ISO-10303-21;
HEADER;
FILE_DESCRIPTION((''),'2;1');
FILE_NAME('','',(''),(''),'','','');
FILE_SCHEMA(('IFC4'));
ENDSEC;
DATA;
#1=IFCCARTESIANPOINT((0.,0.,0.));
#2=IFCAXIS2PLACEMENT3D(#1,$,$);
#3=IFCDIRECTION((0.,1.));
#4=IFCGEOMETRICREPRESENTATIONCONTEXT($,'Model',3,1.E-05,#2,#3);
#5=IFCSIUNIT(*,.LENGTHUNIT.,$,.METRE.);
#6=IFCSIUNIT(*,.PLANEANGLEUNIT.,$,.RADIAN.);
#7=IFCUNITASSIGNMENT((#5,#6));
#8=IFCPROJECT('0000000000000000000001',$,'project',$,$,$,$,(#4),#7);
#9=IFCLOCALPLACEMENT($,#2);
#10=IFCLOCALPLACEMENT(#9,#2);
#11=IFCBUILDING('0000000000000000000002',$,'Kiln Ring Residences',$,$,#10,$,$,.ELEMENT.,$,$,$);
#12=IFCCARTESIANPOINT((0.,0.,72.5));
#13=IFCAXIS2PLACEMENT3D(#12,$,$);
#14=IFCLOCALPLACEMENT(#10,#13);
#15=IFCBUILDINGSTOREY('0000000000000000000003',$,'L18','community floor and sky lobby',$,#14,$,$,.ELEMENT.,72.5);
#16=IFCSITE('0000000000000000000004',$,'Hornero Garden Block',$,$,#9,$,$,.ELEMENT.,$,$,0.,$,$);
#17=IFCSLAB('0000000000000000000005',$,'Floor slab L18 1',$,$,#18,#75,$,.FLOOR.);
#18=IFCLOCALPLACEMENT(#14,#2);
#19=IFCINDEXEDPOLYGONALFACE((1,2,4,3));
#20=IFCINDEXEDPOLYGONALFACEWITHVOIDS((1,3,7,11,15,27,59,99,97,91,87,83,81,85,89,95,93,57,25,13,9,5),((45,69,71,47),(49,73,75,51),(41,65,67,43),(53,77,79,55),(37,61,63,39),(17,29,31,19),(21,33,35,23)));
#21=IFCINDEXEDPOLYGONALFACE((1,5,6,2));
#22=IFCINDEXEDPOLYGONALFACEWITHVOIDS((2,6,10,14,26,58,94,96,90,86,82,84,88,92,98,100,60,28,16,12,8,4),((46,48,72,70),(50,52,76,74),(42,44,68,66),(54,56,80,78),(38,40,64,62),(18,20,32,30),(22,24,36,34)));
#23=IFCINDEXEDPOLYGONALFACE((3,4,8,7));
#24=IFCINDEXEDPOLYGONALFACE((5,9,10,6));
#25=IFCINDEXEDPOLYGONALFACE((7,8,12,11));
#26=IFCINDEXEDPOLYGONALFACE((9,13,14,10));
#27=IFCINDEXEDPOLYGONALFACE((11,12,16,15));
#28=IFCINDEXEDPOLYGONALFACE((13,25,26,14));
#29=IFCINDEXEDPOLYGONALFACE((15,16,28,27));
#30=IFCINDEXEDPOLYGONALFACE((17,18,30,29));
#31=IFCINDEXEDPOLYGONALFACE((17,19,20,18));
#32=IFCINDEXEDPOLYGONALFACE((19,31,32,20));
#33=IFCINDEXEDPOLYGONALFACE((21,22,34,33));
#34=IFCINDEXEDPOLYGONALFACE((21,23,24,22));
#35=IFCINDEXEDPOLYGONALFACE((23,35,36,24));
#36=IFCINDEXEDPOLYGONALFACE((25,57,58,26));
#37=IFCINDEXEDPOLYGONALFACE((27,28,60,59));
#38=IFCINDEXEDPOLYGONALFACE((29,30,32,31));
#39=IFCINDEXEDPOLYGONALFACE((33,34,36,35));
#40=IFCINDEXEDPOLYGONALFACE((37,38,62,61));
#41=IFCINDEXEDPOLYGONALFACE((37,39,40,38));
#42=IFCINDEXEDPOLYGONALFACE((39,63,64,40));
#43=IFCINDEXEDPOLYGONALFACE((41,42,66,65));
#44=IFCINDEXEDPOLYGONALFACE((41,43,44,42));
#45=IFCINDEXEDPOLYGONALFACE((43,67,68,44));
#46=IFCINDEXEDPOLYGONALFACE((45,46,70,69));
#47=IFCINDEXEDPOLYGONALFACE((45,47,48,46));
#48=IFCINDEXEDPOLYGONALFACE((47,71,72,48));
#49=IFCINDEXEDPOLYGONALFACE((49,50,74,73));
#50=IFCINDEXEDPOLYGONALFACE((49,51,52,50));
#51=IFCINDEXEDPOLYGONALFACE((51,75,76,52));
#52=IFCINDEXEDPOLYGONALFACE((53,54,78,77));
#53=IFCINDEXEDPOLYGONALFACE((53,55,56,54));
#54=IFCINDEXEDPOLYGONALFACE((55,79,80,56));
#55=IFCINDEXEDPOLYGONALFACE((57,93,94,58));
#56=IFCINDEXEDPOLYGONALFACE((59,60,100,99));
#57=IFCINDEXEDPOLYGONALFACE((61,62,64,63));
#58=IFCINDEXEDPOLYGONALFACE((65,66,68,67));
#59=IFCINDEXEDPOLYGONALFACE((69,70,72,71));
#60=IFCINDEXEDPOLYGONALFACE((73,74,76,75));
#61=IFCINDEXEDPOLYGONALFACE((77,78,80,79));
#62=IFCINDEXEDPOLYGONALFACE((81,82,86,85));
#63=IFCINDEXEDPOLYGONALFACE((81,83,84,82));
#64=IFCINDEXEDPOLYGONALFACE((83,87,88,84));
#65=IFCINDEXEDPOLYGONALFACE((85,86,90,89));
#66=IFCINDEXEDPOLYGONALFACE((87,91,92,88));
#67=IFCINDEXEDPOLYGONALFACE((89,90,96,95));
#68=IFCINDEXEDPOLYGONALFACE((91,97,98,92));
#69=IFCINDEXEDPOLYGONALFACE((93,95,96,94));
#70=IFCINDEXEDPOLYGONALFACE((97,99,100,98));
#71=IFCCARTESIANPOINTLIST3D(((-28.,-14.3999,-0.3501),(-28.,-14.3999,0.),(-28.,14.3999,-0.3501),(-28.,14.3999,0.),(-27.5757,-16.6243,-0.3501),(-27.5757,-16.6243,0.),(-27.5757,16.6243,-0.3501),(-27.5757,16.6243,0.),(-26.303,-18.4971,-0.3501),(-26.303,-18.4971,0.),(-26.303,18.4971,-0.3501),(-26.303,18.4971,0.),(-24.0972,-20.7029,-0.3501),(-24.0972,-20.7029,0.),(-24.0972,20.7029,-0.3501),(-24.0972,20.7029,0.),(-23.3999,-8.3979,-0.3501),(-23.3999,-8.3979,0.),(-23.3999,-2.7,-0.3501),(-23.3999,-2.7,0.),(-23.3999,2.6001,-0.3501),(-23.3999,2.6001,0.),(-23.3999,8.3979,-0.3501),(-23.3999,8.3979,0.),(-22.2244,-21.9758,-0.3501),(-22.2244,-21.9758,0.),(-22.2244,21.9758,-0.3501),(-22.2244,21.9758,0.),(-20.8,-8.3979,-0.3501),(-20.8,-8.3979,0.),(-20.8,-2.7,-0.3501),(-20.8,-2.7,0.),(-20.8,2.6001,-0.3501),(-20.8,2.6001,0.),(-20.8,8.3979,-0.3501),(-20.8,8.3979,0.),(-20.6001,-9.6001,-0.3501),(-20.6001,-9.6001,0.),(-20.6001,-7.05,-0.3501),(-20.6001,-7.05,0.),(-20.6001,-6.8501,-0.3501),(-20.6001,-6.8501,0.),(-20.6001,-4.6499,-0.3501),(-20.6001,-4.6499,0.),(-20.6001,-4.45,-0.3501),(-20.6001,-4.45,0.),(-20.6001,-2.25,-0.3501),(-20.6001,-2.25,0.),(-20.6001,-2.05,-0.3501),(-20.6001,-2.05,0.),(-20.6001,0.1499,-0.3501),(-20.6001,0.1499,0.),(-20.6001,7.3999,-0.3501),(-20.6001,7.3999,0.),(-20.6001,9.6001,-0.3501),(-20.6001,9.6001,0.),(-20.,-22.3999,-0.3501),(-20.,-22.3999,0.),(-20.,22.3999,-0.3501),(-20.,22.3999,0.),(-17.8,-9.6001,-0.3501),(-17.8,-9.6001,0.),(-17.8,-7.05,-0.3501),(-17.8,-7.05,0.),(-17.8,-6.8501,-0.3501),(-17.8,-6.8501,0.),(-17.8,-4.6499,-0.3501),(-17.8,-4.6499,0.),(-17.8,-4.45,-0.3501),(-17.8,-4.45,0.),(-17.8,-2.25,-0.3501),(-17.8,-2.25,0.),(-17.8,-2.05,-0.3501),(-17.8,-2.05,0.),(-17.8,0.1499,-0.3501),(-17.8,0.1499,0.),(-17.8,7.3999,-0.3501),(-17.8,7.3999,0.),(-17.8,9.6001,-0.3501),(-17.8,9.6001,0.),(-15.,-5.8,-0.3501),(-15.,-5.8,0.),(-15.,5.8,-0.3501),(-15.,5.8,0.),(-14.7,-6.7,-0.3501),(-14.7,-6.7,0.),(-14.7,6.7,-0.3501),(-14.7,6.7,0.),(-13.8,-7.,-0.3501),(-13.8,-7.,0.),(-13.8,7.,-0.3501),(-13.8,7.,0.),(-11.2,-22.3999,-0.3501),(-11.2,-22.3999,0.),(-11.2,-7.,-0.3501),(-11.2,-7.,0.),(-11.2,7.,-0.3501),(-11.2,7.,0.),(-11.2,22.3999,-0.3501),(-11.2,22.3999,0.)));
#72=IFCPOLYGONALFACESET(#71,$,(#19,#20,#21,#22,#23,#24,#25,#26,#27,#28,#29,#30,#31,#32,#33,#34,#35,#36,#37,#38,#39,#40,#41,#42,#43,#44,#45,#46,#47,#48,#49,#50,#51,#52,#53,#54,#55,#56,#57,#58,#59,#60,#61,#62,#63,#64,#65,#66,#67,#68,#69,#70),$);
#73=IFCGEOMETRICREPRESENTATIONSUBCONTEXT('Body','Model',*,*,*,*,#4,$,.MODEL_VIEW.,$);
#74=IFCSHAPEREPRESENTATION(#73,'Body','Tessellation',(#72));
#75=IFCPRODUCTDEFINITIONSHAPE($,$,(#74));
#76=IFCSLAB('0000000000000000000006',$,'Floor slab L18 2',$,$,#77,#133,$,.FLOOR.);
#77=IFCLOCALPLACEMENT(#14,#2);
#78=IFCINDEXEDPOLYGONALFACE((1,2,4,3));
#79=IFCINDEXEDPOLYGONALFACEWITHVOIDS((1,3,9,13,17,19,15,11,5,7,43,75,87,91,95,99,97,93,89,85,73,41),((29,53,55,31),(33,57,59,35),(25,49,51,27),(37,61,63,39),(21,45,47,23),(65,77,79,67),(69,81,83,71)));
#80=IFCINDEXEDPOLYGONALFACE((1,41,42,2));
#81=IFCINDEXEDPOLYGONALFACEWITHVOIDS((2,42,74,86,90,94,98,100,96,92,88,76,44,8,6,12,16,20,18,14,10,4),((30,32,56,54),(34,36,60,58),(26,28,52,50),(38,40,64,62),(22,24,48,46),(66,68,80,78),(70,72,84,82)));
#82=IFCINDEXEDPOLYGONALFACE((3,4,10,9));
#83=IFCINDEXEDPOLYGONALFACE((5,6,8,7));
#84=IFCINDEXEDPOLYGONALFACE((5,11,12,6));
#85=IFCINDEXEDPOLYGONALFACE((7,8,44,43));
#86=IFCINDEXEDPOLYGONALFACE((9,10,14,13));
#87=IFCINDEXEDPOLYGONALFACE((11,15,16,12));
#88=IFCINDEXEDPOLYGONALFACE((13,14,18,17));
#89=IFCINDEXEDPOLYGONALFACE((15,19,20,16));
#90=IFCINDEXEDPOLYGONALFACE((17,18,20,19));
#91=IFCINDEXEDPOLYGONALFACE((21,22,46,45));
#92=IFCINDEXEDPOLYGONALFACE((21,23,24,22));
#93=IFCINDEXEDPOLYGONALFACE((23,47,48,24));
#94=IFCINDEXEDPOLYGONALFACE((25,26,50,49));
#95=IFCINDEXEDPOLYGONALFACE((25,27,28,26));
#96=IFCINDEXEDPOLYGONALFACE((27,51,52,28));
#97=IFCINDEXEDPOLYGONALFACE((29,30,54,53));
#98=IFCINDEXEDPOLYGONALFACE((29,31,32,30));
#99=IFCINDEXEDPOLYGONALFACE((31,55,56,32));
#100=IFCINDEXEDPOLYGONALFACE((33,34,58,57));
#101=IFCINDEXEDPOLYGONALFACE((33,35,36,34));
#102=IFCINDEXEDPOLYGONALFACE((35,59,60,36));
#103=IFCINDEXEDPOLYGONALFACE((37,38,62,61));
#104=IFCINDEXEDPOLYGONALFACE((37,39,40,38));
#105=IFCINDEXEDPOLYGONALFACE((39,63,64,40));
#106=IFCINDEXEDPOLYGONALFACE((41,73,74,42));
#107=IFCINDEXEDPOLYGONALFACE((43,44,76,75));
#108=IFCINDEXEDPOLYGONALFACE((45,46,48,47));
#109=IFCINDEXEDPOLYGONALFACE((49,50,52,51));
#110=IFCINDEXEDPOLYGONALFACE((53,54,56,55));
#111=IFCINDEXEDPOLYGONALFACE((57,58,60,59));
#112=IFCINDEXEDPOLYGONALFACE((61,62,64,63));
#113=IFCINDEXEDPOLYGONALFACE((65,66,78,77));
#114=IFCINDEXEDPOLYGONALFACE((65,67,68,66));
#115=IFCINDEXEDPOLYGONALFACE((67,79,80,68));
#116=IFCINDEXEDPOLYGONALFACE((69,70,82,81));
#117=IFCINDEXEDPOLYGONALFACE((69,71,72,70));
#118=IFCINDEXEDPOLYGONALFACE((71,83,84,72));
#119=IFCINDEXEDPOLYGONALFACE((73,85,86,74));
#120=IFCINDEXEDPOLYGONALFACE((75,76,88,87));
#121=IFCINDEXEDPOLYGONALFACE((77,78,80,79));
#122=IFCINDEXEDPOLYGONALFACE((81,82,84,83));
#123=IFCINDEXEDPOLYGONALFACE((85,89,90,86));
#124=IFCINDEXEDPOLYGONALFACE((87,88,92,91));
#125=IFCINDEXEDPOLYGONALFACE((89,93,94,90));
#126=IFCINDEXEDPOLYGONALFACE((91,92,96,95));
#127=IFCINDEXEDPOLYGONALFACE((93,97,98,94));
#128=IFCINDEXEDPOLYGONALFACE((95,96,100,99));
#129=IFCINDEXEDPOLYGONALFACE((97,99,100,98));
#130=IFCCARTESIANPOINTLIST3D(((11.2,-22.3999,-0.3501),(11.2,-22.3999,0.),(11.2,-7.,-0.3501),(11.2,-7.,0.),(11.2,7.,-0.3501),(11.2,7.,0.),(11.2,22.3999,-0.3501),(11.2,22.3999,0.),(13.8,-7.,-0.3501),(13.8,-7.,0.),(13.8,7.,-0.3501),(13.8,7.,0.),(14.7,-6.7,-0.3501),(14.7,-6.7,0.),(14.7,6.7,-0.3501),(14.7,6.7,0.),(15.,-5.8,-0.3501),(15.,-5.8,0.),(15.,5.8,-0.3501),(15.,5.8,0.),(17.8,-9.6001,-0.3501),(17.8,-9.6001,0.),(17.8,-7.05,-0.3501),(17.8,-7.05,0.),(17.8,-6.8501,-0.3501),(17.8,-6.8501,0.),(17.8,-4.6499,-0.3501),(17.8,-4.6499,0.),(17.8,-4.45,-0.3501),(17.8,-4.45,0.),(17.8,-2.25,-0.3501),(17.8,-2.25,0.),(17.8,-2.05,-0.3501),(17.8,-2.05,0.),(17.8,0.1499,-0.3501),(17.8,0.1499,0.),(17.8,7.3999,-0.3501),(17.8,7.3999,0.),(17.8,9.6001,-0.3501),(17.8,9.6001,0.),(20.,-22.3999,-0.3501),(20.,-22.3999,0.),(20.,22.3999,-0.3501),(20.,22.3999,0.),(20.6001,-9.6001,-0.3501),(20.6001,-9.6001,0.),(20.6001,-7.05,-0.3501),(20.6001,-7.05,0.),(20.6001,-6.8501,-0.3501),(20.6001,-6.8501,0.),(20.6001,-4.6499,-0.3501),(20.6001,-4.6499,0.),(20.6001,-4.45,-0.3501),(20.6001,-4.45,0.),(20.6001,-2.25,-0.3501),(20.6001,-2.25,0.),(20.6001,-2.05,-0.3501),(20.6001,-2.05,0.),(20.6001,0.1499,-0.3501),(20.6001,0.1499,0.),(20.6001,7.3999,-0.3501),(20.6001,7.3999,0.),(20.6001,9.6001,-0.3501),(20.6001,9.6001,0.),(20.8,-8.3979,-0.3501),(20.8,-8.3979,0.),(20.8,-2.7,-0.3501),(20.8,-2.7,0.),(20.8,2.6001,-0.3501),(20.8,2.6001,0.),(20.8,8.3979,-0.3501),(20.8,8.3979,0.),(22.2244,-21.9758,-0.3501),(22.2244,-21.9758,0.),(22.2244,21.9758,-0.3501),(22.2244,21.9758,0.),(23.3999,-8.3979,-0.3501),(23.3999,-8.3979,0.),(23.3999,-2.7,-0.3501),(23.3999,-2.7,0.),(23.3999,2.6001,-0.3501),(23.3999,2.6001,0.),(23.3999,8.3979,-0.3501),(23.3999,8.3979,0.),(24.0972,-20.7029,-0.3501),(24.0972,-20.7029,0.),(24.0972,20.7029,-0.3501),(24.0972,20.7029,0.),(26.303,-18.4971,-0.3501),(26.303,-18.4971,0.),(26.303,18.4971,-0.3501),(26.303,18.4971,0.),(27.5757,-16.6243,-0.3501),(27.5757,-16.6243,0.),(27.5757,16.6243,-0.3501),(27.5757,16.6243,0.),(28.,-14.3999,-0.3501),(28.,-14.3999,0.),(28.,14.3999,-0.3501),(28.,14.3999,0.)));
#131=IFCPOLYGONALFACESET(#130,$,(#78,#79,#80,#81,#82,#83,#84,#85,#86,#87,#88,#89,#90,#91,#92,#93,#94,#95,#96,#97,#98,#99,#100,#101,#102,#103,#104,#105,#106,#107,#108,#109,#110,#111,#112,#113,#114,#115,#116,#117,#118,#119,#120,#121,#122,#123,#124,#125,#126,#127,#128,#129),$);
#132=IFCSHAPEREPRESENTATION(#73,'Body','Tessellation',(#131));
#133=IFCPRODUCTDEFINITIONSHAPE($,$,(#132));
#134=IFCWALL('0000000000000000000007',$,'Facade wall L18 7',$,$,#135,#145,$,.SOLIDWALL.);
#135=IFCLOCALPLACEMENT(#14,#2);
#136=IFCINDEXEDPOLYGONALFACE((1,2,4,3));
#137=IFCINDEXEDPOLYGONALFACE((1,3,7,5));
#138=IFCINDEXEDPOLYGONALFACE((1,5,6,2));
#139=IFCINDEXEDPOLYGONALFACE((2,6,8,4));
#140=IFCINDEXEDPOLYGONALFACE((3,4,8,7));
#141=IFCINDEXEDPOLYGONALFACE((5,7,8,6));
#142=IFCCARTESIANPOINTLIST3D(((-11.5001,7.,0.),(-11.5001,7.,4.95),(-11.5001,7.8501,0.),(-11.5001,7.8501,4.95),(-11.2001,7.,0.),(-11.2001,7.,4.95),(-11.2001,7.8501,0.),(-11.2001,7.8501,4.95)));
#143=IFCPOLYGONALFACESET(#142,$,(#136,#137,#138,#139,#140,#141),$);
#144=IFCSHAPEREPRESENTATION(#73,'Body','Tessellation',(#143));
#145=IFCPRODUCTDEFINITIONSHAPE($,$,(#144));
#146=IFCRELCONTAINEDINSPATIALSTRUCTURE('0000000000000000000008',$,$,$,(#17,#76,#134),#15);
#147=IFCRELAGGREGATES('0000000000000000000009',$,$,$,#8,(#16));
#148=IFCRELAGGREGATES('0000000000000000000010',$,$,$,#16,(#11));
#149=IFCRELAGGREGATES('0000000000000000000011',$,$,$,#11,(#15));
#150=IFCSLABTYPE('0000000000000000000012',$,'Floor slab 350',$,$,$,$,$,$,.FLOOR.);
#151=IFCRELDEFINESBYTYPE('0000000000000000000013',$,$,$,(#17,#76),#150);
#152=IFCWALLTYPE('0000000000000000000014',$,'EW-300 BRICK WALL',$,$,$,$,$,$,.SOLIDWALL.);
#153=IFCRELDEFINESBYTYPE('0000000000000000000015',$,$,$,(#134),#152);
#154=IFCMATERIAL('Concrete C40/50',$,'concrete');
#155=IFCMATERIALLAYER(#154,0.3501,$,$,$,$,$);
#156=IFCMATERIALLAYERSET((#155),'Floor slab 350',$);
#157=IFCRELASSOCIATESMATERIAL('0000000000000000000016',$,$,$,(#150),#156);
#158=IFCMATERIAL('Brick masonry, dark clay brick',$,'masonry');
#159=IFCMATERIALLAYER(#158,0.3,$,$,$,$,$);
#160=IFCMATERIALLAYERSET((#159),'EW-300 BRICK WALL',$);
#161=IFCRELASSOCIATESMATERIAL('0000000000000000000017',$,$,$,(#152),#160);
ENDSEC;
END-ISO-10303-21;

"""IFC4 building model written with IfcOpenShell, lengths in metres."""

from ifc_helpers import new_model, si_unit, direction, frame, frame_2d, origin, place, context, subcontext, project, spatial, polyline, rectangle, outline, extrude, material, layer, layer_set, type_object, element, save


model = new_model("IFC4")

# Units and contexts
model_context = context("Model", 3, precision=1e-05, world=origin(), true_north=direction((0.0, 1.0)))
body_context = subcontext(model_context, "Body", "Model", "MODEL_VIEW")
ifc_project = project(units=[si_unit("LENGTHUNIT", "METRE"), si_unit("PLANEANGLEUNIT", "RADIAN")], contexts=[model_context])

# Site, building, storey
site_placement = place(None, origin())
site = spatial("IfcSite", under=ifc_project, at=site_placement, Name="Hornero Garden Block", CompositionType="ELEMENT", RefElevation=0.0)
building_placement = place(site_placement, origin())
building = spatial("IfcBuilding", under=site, at=building_placement, Name="Kiln Ring Residences", CompositionType="ELEMENT")
storey_placement = place(building_placement, frame((0.0, 0.0, 72.5)))
storey = spatial("IfcBuildingStorey", under=building, at=storey_placement, Name="L18", Description="community floor and sky lobby", CompositionType="ELEMENT", Elevation=72.5)

# Slabs
ifc_material_1 = material(Name="Concrete C40/50", Category="concrete")
ifc_layer_1 = layer(ifc_material_1, 0.3501)
ifc_layer_set_1 = layer_set([ifc_layer_1], Name="Floor slab 350")
slab_type = type_object("IfcSlabType", Name="Floor slab 350", PredefinedType="FLOOR", material=ifc_layer_set_1)
placement_1 = place(storey_placement, frame((0.0, 0.0, -0.3501)))
element("IfcSlab", 1, at=placement_1, inside=storey, type_object=slab_type, Name="Floor slab L18 1", PredefinedType="FLOOR", context=body_context, shape_type="SweptSolid", body=[
    extrude(outline(polyline([(-28.0, -14.3999), (-27.5757, -16.6243), (-26.303, -18.4971), (-24.0972, -20.7029), (-22.2244, -21.9758), (-20.0, -22.3999), (-11.2, -22.3999), (-11.2, -7.0), (-13.8, -7.0), (-14.7, -6.7), (-15.0, -5.8), (-15.0, 5.8), (-14.7, 6.7), (-13.8, 7.0), (-11.2, 7.0), (-11.2, 22.3999), (-20.0, 22.3999), (-22.2244, 21.9758), (-24.0972, 20.7029), (-26.303, 18.4971), (-27.5757, 16.6243), (-28.0, 14.3999), (-28.0, -14.3999)]), holes=[polyline([(-17.8, -7.05), (-17.8, -9.6001), (-20.6001, -9.6001), (-20.6001, -7.05), (-17.8, -7.05)]), polyline([(-17.8, -6.8501), (-20.6001, -6.8501), (-20.6001, -4.6499), (-17.8, -4.6499), (-17.8, -6.8501)]), polyline([(-17.8, -4.45), (-20.6001, -4.45), (-20.6001, -2.25), (-17.8, -2.25), (-17.8, -4.45)]), polyline([(-17.8, -2.05), (-20.6001, -2.05), (-20.6001, 0.1499), (-17.8, 0.1499), (-17.8, -2.05)]), polyline([(-17.8, 7.3999), (-20.6001, 7.3999), (-20.6001, 9.6001), (-17.8, 9.6001), (-17.8, 7.3999)]), polyline([(-20.8, -8.3979), (-23.3999, -8.3979), (-23.3999, -2.7), (-20.8, -2.7), (-20.8, -8.3979)]), polyline([(-20.8, 2.6001), (-23.3999, 2.6001), (-23.3999, 8.3979), (-20.8, 8.3979), (-20.8, 2.6001)])]), origin(), (0.0, 0.0, 1.0), 0.3501),
])
element("IfcSlab", 2, at=placement_1, inside=storey, type_object=slab_type, Name="Floor slab L18 2", PredefinedType="FLOOR", context=body_context, shape_type="SweptSolid", body=[
    extrude(outline(polyline([(13.8, -7.0), (11.2, -7.0), (11.2, -22.3999), (20.0, -22.3999), (22.2244, -21.9758), (24.0972, -20.7029), (26.303, -18.4971), (27.5757, -16.6243), (28.0, -14.3999), (28.0, 14.3999), (27.5757, 16.6243), (26.303, 18.4971), (24.0972, 20.7029), (22.2244, 21.9758), (20.0, 22.3999), (11.2, 22.3999), (11.2, 7.0), (13.8, 7.0), (14.7, 6.7), (15.0, 5.8), (15.0, -5.8), (14.7, -6.7), (13.8, -7.0)]), holes=[polyline([(20.8, -8.3979), (20.8, -2.7), (23.3999, -2.7), (23.3999, -8.3979), (20.8, -8.3979)]), polyline([(20.8, 2.6001), (20.8, 8.3979), (23.3999, 8.3979), (23.3999, 2.6001), (20.8, 2.6001)]), polyline([(17.8, -6.8501), (17.8, -4.6499), (20.6001, -4.6499), (20.6001, -6.8501), (17.8, -6.8501)]), polyline([(17.8, -4.45), (17.8, -2.25), (20.6001, -2.25), (20.6001, -4.45), (17.8, -4.45)]), polyline([(17.8, -2.05), (17.8, 0.1499), (20.6001, 0.1499), (20.6001, -2.05), (17.8, -2.05)]), polyline([(17.8, 7.3999), (17.8, 9.6001), (20.6001, 9.6001), (20.6001, 7.3999), (17.8, 7.3999)]), polyline([(20.6001, -9.6001), (17.8, -9.6001), (17.8, -7.05), (20.6001, -7.05), (20.6001, -9.6001)])]), origin(), (0.0, 0.0, 1.0), 0.3501),
])

# Wall
ifc_material_2 = material(Name="Brick masonry, dark clay brick", Category="masonry")
ifc_layer_2 = layer(ifc_material_2, 0.3)
ifc_layer_set_2 = layer_set([ifc_layer_2], Name="EW-300 BRICK WALL")
wall_type = type_object("IfcWallType", Name="EW-300 BRICK WALL", PredefinedType="SOLIDWALL", material=ifc_layer_set_2)
wall_placement = place(storey_placement, frame((-11.3501, 7.0, 0.0), z_axis=(0.0, 0.0, 1.0), x_axis=(0.0, 1.0, 0.0)))
element("IfcWall", 3, at=wall_placement, inside=storey, type_object=wall_type, Name="Facade wall L18 7", PredefinedType="SOLIDWALL", context=body_context, shape_type="SweptSolid", body=[
    extrude(rectangle(XDim=0.8501, YDim=0.3, at=frame_2d((0.425, 0.0))), origin(), (0.0, 0.0, 1.0), 4.95),
])

save(model, "model.ifc")
